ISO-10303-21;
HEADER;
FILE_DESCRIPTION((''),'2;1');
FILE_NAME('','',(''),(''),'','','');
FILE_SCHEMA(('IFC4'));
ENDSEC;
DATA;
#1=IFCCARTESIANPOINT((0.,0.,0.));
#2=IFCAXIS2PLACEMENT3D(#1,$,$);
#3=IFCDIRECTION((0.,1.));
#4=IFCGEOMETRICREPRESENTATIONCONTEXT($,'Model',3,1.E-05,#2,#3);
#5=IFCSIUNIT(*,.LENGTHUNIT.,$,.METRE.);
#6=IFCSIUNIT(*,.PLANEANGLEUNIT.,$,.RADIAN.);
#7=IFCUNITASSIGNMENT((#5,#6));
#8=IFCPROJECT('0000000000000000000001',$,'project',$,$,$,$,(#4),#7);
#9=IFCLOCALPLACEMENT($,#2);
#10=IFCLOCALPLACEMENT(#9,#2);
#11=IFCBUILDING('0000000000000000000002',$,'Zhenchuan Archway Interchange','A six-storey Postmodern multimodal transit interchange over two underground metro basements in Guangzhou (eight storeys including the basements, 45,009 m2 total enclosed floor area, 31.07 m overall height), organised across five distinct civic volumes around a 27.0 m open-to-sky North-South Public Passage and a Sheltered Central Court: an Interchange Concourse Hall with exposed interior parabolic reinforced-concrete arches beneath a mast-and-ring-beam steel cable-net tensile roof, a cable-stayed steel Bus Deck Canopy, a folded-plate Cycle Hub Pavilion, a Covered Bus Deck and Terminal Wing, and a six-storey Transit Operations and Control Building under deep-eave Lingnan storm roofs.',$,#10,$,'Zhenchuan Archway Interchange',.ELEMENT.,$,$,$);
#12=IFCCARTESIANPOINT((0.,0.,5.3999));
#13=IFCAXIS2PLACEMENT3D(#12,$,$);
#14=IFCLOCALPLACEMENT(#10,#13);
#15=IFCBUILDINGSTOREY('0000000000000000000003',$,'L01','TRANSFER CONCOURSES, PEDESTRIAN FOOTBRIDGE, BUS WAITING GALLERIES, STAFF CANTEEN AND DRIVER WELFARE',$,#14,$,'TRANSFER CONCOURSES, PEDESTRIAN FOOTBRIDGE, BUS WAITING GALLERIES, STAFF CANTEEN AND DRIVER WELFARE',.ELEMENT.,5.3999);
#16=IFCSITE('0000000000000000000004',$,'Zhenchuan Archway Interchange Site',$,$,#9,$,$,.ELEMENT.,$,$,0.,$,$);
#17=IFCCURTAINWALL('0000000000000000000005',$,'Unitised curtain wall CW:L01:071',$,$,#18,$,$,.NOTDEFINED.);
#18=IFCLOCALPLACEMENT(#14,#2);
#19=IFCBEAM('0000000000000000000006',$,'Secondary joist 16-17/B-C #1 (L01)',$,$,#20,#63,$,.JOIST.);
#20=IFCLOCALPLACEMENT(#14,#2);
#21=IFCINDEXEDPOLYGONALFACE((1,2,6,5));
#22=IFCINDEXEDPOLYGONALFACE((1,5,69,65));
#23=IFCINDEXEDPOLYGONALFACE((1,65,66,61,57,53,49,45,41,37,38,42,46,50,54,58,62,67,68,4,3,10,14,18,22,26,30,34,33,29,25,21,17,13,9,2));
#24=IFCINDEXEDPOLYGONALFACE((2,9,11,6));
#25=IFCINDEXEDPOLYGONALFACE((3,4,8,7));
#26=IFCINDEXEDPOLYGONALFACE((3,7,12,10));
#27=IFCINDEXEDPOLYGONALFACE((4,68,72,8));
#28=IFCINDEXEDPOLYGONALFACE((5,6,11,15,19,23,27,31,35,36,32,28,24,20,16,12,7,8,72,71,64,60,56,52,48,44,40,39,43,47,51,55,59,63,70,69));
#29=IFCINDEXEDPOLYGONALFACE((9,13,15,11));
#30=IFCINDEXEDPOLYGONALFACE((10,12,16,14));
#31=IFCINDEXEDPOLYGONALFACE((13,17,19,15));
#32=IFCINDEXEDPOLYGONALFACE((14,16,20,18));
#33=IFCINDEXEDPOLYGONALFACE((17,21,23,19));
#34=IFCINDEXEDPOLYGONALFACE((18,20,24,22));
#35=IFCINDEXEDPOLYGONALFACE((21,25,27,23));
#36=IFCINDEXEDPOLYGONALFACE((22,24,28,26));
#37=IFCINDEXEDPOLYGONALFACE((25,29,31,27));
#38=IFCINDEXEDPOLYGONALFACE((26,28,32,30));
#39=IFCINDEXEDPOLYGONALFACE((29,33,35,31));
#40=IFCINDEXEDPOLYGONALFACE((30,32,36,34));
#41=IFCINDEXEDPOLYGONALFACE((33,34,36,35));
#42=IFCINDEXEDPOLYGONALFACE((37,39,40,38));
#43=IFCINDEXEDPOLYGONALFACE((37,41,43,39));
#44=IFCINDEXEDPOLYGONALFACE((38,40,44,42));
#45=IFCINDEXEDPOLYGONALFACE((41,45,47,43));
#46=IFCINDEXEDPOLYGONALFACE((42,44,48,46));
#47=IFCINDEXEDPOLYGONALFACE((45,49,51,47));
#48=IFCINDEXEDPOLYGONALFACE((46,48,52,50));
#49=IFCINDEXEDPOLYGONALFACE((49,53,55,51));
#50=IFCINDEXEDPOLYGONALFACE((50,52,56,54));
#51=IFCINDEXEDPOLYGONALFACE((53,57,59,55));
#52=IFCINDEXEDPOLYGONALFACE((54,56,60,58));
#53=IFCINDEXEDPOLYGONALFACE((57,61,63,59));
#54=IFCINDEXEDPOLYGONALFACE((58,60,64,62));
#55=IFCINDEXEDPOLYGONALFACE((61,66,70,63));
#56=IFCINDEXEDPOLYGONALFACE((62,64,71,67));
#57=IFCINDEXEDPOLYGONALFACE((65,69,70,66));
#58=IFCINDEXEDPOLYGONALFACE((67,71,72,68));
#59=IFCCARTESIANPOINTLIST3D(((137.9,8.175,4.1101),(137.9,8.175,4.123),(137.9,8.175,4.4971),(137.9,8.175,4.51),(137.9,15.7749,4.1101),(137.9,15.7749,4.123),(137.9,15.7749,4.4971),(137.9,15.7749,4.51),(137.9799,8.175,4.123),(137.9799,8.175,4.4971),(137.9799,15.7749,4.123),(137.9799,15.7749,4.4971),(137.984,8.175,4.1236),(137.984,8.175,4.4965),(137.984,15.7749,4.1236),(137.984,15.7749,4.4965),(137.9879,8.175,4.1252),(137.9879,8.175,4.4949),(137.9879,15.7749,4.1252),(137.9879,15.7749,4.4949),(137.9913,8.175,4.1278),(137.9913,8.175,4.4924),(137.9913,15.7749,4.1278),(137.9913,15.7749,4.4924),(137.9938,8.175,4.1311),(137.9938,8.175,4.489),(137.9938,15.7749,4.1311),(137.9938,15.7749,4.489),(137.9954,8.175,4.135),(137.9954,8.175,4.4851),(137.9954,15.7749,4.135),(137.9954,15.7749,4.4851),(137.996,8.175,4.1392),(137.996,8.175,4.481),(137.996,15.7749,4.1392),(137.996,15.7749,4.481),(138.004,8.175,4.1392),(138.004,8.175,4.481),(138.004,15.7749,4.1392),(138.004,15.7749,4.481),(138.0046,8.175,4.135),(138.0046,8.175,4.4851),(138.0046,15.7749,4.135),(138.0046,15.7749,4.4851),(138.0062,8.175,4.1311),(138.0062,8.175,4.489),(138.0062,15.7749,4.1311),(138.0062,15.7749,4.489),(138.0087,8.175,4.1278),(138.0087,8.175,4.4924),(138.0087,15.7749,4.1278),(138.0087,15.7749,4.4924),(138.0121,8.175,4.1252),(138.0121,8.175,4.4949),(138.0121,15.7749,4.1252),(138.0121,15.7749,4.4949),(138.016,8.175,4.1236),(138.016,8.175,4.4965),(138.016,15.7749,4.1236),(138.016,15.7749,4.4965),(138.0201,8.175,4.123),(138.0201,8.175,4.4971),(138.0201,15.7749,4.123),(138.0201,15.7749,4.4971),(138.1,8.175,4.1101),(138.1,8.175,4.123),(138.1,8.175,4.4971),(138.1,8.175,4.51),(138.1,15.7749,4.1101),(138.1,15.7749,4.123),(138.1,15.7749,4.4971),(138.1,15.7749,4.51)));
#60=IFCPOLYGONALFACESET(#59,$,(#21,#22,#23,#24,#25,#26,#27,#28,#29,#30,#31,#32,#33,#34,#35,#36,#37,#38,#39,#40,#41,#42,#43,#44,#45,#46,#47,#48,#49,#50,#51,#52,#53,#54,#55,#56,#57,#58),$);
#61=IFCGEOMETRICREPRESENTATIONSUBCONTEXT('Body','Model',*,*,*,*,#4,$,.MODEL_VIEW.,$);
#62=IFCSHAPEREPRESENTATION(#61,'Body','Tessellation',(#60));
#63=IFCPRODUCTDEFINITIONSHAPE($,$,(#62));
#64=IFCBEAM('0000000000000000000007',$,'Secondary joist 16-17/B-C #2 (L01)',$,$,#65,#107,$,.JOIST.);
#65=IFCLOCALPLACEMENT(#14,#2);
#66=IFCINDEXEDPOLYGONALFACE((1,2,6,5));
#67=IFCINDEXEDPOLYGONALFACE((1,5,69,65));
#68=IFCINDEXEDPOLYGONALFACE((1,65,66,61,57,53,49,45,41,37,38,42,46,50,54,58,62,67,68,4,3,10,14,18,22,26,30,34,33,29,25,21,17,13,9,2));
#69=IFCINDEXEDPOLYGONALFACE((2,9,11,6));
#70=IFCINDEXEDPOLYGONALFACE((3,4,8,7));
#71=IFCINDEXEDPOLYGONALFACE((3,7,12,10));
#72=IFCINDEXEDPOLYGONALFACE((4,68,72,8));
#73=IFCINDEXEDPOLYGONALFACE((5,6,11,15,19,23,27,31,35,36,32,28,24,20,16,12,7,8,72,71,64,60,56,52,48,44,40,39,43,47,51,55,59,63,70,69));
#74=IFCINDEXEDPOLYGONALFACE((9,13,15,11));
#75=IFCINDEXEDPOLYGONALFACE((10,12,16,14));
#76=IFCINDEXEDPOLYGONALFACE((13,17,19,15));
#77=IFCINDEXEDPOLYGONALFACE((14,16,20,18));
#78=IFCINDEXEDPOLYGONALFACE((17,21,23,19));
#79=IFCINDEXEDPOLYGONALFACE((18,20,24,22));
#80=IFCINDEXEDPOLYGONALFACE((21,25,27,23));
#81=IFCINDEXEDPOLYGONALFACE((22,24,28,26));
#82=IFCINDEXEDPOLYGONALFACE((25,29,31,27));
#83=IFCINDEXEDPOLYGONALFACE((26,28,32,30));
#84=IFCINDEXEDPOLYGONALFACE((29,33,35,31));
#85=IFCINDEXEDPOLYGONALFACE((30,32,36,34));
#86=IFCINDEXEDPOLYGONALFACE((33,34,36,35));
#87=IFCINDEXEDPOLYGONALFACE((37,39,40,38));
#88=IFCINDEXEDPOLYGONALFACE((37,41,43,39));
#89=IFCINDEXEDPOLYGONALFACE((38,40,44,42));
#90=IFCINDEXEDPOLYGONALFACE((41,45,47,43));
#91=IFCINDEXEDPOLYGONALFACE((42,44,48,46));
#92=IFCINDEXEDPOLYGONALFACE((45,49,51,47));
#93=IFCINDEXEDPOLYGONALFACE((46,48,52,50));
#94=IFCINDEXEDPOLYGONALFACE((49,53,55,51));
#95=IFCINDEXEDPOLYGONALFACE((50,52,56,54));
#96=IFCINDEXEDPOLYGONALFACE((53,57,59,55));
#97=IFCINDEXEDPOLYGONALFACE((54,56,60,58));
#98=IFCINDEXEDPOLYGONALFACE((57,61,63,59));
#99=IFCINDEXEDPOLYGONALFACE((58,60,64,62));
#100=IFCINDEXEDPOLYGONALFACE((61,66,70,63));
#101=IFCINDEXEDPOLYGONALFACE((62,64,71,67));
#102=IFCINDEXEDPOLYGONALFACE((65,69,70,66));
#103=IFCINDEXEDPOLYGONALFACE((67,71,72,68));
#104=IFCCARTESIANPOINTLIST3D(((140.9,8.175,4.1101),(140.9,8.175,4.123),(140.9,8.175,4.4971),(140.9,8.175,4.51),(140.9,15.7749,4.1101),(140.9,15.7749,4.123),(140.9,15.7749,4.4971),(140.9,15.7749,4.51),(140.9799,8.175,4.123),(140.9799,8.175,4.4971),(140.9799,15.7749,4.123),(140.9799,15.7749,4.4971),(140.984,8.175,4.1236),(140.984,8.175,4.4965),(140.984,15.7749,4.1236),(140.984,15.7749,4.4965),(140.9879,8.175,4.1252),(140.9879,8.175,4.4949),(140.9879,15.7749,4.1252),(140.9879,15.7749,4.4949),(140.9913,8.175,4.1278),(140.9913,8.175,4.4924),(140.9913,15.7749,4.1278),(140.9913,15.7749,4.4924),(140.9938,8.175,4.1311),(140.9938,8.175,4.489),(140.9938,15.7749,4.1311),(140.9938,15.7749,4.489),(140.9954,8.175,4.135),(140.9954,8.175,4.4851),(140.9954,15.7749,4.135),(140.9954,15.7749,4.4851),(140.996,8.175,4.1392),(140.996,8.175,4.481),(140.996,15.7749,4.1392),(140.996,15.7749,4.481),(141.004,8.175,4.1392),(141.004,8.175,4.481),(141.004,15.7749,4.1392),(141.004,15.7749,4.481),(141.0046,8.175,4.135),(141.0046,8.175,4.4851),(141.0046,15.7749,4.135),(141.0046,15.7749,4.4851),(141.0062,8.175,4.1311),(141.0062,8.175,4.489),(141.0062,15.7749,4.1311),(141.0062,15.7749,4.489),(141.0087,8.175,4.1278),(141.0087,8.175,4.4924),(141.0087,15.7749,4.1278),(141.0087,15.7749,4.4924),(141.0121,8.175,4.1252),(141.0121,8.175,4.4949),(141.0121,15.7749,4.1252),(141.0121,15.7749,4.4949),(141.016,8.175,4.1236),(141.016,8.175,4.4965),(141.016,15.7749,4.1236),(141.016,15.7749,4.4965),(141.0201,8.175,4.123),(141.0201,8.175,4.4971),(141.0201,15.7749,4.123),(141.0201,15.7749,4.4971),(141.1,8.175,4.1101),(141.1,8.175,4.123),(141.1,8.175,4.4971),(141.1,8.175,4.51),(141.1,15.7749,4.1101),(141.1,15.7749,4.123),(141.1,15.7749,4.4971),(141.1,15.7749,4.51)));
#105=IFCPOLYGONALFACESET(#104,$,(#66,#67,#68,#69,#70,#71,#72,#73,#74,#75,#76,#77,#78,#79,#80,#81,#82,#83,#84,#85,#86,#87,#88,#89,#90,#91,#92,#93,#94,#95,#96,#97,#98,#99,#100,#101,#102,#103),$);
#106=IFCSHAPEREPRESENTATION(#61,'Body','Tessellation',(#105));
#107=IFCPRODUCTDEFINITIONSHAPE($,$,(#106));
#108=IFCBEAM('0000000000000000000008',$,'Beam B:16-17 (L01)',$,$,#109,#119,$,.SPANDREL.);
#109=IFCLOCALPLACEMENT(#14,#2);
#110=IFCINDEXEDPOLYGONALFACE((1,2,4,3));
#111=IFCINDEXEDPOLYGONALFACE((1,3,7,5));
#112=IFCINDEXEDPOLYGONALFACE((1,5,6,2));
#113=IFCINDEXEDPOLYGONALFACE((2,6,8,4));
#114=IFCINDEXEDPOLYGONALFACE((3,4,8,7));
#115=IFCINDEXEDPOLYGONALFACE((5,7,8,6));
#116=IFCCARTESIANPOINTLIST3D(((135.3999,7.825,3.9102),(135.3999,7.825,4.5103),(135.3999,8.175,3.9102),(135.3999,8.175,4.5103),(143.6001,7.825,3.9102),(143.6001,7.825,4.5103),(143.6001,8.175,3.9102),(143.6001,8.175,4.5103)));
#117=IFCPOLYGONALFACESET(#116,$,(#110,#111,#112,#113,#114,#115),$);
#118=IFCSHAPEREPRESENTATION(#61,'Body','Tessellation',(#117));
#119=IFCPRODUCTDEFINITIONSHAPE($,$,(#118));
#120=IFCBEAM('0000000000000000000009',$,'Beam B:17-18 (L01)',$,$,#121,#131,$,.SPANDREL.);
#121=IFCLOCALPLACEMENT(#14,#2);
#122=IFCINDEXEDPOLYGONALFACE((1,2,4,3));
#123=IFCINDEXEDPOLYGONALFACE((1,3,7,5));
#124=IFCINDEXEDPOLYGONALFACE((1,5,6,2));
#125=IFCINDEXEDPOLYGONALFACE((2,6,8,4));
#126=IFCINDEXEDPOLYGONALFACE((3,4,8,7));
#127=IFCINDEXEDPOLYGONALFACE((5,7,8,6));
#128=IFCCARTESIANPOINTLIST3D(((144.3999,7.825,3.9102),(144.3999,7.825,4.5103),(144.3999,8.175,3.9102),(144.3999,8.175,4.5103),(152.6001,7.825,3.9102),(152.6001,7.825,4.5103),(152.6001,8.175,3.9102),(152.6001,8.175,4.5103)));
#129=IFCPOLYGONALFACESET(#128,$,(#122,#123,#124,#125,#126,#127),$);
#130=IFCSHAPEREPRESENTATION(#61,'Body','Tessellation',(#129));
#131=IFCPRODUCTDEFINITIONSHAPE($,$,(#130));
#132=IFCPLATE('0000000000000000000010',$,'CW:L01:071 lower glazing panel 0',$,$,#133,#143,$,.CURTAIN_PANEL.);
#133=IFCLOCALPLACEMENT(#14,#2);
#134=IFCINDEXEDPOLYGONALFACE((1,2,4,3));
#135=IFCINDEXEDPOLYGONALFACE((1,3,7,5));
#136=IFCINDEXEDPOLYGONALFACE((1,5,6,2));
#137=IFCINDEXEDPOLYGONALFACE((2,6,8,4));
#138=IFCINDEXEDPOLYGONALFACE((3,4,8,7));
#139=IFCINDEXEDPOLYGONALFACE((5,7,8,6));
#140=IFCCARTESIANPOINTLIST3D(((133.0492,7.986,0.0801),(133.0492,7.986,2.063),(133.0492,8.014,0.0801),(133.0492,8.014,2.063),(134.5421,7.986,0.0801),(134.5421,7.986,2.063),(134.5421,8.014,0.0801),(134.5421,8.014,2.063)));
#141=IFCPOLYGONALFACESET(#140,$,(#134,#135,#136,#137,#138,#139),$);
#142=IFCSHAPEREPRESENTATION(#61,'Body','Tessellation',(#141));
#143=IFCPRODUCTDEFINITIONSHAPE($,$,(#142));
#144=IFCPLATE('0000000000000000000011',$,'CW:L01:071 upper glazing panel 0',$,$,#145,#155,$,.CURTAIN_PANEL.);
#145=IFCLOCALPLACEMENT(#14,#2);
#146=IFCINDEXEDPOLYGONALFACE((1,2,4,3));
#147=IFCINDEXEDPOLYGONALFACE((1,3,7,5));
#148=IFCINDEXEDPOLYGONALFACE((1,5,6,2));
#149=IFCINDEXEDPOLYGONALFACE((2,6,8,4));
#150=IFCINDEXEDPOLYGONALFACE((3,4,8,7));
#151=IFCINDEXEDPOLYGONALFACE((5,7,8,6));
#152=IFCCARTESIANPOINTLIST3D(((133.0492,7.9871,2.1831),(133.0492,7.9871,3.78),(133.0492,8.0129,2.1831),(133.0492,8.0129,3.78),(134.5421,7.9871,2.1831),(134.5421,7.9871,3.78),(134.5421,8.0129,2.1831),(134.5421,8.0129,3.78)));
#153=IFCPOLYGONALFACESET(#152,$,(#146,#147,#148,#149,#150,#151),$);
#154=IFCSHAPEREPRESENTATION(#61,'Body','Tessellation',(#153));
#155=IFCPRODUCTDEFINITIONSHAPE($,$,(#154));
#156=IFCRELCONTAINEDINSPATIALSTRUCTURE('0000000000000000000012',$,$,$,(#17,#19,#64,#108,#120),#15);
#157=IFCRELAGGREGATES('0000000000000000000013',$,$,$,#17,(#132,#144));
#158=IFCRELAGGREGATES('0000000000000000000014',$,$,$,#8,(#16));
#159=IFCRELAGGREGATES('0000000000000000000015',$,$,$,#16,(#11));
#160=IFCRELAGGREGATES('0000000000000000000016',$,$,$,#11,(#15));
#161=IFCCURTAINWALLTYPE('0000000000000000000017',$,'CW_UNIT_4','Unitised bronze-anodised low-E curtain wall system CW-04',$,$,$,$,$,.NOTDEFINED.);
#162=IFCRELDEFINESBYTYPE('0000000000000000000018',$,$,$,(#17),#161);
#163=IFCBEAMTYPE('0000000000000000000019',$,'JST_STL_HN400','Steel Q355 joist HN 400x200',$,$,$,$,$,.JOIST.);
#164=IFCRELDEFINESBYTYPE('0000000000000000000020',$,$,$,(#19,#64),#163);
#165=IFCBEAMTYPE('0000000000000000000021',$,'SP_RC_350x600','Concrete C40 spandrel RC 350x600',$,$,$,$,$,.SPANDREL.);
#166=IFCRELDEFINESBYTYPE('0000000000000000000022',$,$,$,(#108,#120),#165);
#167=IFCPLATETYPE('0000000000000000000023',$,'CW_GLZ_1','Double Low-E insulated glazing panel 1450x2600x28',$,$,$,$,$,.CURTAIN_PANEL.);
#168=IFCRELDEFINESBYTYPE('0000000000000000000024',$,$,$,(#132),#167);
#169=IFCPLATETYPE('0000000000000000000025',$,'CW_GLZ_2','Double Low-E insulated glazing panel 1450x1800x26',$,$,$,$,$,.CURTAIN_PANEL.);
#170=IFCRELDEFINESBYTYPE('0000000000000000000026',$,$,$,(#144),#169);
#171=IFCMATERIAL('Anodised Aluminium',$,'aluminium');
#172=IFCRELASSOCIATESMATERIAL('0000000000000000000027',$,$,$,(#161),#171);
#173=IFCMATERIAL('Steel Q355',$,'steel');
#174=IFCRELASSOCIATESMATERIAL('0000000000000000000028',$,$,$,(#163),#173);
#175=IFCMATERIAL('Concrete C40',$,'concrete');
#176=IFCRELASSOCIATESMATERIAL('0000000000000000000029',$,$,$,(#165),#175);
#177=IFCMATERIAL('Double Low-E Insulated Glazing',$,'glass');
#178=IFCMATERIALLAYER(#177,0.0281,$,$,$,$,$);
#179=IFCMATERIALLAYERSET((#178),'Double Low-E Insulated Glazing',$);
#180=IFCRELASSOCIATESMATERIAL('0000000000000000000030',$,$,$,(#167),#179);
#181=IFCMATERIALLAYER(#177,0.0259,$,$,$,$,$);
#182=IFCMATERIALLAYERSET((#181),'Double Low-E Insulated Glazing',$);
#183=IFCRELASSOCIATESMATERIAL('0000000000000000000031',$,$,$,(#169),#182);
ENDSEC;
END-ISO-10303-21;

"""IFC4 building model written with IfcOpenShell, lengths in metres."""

from ifc_helpers import new_model, si_unit, direction, frame, origin, origin_2d, place, context, subcontext, project, spatial, rectangle, i_section, extrude, material, layer, layer_set, material_profile, profile_set, type_object, element, aggregate, save


model = new_model("IFC4")

# Units and contexts
model_context = context("Model", 3, precision=1e-05, world=origin(), true_north=direction((0.0, 1.0)))
body_context = subcontext(model_context, "Body", "Model", "MODEL_VIEW")
ifc_project = project(units=[si_unit("LENGTHUNIT", "METRE"), si_unit("PLANEANGLEUNIT", "RADIAN")], contexts=[model_context])

# Site, building, storey
site_placement = place(None, origin())
site = spatial("IfcSite", under=ifc_project, at=site_placement, Name="Zhenchuan Archway Interchange Site", CompositionType="ELEMENT", RefElevation=0.0)
building_placement = place(site_placement, origin())
building = spatial("IfcBuilding", under=site, at=building_placement, Name="Zhenchuan Archway Interchange", Description="A six-storey Postmodern multimodal transit interchange over two underground metro basements in Guangzhou (eight storeys including the basements, 45,009 m2 total enclosed floor area, 31.07 m overall height), organised across five distinct civic volumes around a 27.0 m open-to-sky North-South Public Passage and a Sheltered Central Court: an Interchange Concourse Hall with exposed interior parabolic reinforced-concrete arches beneath a mast-and-ring-beam steel cable-net tensile roof, a cable-stayed steel Bus Deck Canopy, a folded-plate Cycle Hub Pavilion, a Covered Bus Deck and Terminal Wing, and a six-storey Transit Operations and Control Building under deep-eave Lingnan storm roofs.", LongName="Zhenchuan Archway Interchange", CompositionType="ELEMENT")
storey_placement = place(building_placement, frame((0.0, 0.0, 5.3999)))
storey = spatial("IfcBuildingStorey", under=building, at=storey_placement, Name="L01", Description="TRANSFER CONCOURSES, PEDESTRIAN FOOTBRIDGE, BUS WAITING GALLERIES, STAFF CANTEEN AND DRIVER WELFARE", LongName="TRANSFER CONCOURSES, PEDESTRIAN FOOTBRIDGE, BUS WAITING GALLERIES, STAFF CANTEEN AND DRIVER WELFARE", CompositionType="ELEMENT", Elevation=5.3999)

# Shared definitions
ifc_material_1 = material(Name="Concrete C40", Category="concrete")

# Curtain wall
ifc_material_2 = material(Name="Anodised Aluminium", Category="aluminium")
curtain_wall_type = type_object("IfcCurtainWallType", Name="CW_UNIT_4", Description="Unitised bronze-anodised low-E curtain wall system CW-04", PredefinedType="NOTDEFINED", material=ifc_material_2)
curtain_wall_placement = place(storey_placement, origin())
curtain_wall = element("IfcCurtainWall", 1, at=curtain_wall_placement, inside=storey, type_object=curtain_wall_type, Name="Unitised curtain wall CW:L01:071", PredefinedType="NOTDEFINED")

# Beams
ifc_material_3 = material(Name="Steel Q355", Category="steel")
ifc_material_profile_1 = material_profile(ifc_material_3, i_section(OverallWidth=0.2, OverallDepth=0.3999, WebThickness=0.0081, FlangeThickness=0.0129, FilletRadius=0.0161, at=origin_2d()), Name="HN 400x200")
ifc_profile_set_1 = profile_set([ifc_material_profile_1], Name="Steel Q355")
beam_type_1 = type_object("IfcBeamType", Name="JST_STL_HN400", Description="Steel Q355 joist HN 400x200", PredefinedType="JOIST", material=ifc_profile_set_1)
for number, where, z_axis, x_axis, name in (
    (2, (138.0, 8.175, 4.3101), (0.0, 1.0, 0.0), (-1.0, 0.0, 0.0), "Secondary joist 16-17/B-C #1 (L01)"),
    (3, (141.0, 8.175, 4.3101), (0.0, 1.0, 0.0), (-1.0, 0.0, 0.0), "Secondary joist 16-17/B-C #2 (L01)"),
):
    element("IfcBeam", number, at=place(storey_placement, frame(where, z_axis=z_axis, x_axis=x_axis)), inside=storey, type_object=beam_type_1, Name=name, PredefinedType="JOIST", context=body_context, shape_type="SweptSolid", body=[
        extrude(i_section(OverallWidth=0.2, OverallDepth=0.3999, WebThickness=0.0081, FlangeThickness=0.0129, FilletRadius=0.0161, at=origin_2d()), origin(), (0.0, 0.0, 1.0), 7.5999),
    ])
ifc_material_profile_2 = material_profile(ifc_material_1, rectangle(XDim=0.3501, YDim=0.6001, at=origin_2d()), Name="RC 350x600")
ifc_profile_set_2 = profile_set([ifc_material_profile_2], Name="Concrete C40")
beam_type_2 = type_object("IfcBeamType", Name="SP_RC_350x600", Description="Concrete C40 spandrel RC 350x600", PredefinedType="SPANDREL", material=ifc_profile_set_2)
for number, where, z_axis, x_axis, name in (
    (4, (135.3999, 8.0, 4.2102), (1.0, 0.0, 0.0), (0.0, 1.0, 0.0), "Beam B:16-17 (L01)"),
    (5, (144.3999, 8.0, 4.2102), (1.0, 0.0, 0.0), (0.0, 1.0, 0.0), "Beam B:17-18 (L01)"),
):
    element("IfcBeam", number, at=place(storey_placement, frame(where, z_axis=z_axis, x_axis=x_axis)), inside=storey, type_object=beam_type_2, Name=name, PredefinedType="SPANDREL", context=body_context, shape_type="SweptSolid", body=[
        extrude(rectangle(XDim=0.3501, YDim=0.6001, at=origin_2d()), origin(), (0.0, 0.0, 1.0), 8.2002),
    ])

# Plates
ifc_material_4 = material(Name="Double Low-E Insulated Glazing", Category="glass")
ifc_layer_1 = layer(ifc_material_4, 0.0281)
ifc_layer_set_1 = layer_set([ifc_layer_1], Name="Double Low-E Insulated Glazing")
plate_type_1 = type_object("IfcPlateType", Name="CW_GLZ_1", Description="Double Low-E insulated glazing panel 1450x2600x28", PredefinedType="CURTAIN_PANEL", material=ifc_layer_set_1)
plate_1_placement = place(storey_placement, frame((133.7957, 8.0, 0.0801), z_axis=(0.0, 0.0, 1.0), x_axis=(-1.0, 0.0, 0.0)))
plate_1 = element("IfcPlate", 6, at=plate_1_placement, type_object=plate_type_1, Name="CW:L01:071 lower glazing panel 0", PredefinedType="CURTAIN_PANEL", context=body_context, shape_type="SweptSolid", body=[
    extrude(rectangle(XDim=1.4929, YDim=0.0281, at=origin_2d()), origin(), (0.0, 0.0, 1.0), 1.9829),
])
ifc_layer_2 = layer(ifc_material_4, 0.0259)
ifc_layer_set_2 = layer_set([ifc_layer_2], Name="Double Low-E Insulated Glazing")
plate_type_2 = type_object("IfcPlateType", Name="CW_GLZ_2", Description="Double Low-E insulated glazing panel 1450x1800x26", PredefinedType="CURTAIN_PANEL", material=ifc_layer_set_2)
plate_2_placement = place(storey_placement, frame((133.7957, 8.0, 2.1831), z_axis=(0.0, 0.0, 1.0), x_axis=(-1.0, 0.0, 0.0)))
plate_2 = element("IfcPlate", 7, at=plate_2_placement, type_object=plate_type_2, Name="CW:L01:071 upper glazing panel 0", PredefinedType="CURTAIN_PANEL", context=body_context, shape_type="SweptSolid", body=[
    extrude(rectangle(XDim=1.4929, YDim=0.0259, at=origin_2d()), origin(), (0.0, 0.0, 1.0), 1.5969),
])
aggregate(curtain_wall, [plate_1, plate_2])

save(model, "model.ifc")
